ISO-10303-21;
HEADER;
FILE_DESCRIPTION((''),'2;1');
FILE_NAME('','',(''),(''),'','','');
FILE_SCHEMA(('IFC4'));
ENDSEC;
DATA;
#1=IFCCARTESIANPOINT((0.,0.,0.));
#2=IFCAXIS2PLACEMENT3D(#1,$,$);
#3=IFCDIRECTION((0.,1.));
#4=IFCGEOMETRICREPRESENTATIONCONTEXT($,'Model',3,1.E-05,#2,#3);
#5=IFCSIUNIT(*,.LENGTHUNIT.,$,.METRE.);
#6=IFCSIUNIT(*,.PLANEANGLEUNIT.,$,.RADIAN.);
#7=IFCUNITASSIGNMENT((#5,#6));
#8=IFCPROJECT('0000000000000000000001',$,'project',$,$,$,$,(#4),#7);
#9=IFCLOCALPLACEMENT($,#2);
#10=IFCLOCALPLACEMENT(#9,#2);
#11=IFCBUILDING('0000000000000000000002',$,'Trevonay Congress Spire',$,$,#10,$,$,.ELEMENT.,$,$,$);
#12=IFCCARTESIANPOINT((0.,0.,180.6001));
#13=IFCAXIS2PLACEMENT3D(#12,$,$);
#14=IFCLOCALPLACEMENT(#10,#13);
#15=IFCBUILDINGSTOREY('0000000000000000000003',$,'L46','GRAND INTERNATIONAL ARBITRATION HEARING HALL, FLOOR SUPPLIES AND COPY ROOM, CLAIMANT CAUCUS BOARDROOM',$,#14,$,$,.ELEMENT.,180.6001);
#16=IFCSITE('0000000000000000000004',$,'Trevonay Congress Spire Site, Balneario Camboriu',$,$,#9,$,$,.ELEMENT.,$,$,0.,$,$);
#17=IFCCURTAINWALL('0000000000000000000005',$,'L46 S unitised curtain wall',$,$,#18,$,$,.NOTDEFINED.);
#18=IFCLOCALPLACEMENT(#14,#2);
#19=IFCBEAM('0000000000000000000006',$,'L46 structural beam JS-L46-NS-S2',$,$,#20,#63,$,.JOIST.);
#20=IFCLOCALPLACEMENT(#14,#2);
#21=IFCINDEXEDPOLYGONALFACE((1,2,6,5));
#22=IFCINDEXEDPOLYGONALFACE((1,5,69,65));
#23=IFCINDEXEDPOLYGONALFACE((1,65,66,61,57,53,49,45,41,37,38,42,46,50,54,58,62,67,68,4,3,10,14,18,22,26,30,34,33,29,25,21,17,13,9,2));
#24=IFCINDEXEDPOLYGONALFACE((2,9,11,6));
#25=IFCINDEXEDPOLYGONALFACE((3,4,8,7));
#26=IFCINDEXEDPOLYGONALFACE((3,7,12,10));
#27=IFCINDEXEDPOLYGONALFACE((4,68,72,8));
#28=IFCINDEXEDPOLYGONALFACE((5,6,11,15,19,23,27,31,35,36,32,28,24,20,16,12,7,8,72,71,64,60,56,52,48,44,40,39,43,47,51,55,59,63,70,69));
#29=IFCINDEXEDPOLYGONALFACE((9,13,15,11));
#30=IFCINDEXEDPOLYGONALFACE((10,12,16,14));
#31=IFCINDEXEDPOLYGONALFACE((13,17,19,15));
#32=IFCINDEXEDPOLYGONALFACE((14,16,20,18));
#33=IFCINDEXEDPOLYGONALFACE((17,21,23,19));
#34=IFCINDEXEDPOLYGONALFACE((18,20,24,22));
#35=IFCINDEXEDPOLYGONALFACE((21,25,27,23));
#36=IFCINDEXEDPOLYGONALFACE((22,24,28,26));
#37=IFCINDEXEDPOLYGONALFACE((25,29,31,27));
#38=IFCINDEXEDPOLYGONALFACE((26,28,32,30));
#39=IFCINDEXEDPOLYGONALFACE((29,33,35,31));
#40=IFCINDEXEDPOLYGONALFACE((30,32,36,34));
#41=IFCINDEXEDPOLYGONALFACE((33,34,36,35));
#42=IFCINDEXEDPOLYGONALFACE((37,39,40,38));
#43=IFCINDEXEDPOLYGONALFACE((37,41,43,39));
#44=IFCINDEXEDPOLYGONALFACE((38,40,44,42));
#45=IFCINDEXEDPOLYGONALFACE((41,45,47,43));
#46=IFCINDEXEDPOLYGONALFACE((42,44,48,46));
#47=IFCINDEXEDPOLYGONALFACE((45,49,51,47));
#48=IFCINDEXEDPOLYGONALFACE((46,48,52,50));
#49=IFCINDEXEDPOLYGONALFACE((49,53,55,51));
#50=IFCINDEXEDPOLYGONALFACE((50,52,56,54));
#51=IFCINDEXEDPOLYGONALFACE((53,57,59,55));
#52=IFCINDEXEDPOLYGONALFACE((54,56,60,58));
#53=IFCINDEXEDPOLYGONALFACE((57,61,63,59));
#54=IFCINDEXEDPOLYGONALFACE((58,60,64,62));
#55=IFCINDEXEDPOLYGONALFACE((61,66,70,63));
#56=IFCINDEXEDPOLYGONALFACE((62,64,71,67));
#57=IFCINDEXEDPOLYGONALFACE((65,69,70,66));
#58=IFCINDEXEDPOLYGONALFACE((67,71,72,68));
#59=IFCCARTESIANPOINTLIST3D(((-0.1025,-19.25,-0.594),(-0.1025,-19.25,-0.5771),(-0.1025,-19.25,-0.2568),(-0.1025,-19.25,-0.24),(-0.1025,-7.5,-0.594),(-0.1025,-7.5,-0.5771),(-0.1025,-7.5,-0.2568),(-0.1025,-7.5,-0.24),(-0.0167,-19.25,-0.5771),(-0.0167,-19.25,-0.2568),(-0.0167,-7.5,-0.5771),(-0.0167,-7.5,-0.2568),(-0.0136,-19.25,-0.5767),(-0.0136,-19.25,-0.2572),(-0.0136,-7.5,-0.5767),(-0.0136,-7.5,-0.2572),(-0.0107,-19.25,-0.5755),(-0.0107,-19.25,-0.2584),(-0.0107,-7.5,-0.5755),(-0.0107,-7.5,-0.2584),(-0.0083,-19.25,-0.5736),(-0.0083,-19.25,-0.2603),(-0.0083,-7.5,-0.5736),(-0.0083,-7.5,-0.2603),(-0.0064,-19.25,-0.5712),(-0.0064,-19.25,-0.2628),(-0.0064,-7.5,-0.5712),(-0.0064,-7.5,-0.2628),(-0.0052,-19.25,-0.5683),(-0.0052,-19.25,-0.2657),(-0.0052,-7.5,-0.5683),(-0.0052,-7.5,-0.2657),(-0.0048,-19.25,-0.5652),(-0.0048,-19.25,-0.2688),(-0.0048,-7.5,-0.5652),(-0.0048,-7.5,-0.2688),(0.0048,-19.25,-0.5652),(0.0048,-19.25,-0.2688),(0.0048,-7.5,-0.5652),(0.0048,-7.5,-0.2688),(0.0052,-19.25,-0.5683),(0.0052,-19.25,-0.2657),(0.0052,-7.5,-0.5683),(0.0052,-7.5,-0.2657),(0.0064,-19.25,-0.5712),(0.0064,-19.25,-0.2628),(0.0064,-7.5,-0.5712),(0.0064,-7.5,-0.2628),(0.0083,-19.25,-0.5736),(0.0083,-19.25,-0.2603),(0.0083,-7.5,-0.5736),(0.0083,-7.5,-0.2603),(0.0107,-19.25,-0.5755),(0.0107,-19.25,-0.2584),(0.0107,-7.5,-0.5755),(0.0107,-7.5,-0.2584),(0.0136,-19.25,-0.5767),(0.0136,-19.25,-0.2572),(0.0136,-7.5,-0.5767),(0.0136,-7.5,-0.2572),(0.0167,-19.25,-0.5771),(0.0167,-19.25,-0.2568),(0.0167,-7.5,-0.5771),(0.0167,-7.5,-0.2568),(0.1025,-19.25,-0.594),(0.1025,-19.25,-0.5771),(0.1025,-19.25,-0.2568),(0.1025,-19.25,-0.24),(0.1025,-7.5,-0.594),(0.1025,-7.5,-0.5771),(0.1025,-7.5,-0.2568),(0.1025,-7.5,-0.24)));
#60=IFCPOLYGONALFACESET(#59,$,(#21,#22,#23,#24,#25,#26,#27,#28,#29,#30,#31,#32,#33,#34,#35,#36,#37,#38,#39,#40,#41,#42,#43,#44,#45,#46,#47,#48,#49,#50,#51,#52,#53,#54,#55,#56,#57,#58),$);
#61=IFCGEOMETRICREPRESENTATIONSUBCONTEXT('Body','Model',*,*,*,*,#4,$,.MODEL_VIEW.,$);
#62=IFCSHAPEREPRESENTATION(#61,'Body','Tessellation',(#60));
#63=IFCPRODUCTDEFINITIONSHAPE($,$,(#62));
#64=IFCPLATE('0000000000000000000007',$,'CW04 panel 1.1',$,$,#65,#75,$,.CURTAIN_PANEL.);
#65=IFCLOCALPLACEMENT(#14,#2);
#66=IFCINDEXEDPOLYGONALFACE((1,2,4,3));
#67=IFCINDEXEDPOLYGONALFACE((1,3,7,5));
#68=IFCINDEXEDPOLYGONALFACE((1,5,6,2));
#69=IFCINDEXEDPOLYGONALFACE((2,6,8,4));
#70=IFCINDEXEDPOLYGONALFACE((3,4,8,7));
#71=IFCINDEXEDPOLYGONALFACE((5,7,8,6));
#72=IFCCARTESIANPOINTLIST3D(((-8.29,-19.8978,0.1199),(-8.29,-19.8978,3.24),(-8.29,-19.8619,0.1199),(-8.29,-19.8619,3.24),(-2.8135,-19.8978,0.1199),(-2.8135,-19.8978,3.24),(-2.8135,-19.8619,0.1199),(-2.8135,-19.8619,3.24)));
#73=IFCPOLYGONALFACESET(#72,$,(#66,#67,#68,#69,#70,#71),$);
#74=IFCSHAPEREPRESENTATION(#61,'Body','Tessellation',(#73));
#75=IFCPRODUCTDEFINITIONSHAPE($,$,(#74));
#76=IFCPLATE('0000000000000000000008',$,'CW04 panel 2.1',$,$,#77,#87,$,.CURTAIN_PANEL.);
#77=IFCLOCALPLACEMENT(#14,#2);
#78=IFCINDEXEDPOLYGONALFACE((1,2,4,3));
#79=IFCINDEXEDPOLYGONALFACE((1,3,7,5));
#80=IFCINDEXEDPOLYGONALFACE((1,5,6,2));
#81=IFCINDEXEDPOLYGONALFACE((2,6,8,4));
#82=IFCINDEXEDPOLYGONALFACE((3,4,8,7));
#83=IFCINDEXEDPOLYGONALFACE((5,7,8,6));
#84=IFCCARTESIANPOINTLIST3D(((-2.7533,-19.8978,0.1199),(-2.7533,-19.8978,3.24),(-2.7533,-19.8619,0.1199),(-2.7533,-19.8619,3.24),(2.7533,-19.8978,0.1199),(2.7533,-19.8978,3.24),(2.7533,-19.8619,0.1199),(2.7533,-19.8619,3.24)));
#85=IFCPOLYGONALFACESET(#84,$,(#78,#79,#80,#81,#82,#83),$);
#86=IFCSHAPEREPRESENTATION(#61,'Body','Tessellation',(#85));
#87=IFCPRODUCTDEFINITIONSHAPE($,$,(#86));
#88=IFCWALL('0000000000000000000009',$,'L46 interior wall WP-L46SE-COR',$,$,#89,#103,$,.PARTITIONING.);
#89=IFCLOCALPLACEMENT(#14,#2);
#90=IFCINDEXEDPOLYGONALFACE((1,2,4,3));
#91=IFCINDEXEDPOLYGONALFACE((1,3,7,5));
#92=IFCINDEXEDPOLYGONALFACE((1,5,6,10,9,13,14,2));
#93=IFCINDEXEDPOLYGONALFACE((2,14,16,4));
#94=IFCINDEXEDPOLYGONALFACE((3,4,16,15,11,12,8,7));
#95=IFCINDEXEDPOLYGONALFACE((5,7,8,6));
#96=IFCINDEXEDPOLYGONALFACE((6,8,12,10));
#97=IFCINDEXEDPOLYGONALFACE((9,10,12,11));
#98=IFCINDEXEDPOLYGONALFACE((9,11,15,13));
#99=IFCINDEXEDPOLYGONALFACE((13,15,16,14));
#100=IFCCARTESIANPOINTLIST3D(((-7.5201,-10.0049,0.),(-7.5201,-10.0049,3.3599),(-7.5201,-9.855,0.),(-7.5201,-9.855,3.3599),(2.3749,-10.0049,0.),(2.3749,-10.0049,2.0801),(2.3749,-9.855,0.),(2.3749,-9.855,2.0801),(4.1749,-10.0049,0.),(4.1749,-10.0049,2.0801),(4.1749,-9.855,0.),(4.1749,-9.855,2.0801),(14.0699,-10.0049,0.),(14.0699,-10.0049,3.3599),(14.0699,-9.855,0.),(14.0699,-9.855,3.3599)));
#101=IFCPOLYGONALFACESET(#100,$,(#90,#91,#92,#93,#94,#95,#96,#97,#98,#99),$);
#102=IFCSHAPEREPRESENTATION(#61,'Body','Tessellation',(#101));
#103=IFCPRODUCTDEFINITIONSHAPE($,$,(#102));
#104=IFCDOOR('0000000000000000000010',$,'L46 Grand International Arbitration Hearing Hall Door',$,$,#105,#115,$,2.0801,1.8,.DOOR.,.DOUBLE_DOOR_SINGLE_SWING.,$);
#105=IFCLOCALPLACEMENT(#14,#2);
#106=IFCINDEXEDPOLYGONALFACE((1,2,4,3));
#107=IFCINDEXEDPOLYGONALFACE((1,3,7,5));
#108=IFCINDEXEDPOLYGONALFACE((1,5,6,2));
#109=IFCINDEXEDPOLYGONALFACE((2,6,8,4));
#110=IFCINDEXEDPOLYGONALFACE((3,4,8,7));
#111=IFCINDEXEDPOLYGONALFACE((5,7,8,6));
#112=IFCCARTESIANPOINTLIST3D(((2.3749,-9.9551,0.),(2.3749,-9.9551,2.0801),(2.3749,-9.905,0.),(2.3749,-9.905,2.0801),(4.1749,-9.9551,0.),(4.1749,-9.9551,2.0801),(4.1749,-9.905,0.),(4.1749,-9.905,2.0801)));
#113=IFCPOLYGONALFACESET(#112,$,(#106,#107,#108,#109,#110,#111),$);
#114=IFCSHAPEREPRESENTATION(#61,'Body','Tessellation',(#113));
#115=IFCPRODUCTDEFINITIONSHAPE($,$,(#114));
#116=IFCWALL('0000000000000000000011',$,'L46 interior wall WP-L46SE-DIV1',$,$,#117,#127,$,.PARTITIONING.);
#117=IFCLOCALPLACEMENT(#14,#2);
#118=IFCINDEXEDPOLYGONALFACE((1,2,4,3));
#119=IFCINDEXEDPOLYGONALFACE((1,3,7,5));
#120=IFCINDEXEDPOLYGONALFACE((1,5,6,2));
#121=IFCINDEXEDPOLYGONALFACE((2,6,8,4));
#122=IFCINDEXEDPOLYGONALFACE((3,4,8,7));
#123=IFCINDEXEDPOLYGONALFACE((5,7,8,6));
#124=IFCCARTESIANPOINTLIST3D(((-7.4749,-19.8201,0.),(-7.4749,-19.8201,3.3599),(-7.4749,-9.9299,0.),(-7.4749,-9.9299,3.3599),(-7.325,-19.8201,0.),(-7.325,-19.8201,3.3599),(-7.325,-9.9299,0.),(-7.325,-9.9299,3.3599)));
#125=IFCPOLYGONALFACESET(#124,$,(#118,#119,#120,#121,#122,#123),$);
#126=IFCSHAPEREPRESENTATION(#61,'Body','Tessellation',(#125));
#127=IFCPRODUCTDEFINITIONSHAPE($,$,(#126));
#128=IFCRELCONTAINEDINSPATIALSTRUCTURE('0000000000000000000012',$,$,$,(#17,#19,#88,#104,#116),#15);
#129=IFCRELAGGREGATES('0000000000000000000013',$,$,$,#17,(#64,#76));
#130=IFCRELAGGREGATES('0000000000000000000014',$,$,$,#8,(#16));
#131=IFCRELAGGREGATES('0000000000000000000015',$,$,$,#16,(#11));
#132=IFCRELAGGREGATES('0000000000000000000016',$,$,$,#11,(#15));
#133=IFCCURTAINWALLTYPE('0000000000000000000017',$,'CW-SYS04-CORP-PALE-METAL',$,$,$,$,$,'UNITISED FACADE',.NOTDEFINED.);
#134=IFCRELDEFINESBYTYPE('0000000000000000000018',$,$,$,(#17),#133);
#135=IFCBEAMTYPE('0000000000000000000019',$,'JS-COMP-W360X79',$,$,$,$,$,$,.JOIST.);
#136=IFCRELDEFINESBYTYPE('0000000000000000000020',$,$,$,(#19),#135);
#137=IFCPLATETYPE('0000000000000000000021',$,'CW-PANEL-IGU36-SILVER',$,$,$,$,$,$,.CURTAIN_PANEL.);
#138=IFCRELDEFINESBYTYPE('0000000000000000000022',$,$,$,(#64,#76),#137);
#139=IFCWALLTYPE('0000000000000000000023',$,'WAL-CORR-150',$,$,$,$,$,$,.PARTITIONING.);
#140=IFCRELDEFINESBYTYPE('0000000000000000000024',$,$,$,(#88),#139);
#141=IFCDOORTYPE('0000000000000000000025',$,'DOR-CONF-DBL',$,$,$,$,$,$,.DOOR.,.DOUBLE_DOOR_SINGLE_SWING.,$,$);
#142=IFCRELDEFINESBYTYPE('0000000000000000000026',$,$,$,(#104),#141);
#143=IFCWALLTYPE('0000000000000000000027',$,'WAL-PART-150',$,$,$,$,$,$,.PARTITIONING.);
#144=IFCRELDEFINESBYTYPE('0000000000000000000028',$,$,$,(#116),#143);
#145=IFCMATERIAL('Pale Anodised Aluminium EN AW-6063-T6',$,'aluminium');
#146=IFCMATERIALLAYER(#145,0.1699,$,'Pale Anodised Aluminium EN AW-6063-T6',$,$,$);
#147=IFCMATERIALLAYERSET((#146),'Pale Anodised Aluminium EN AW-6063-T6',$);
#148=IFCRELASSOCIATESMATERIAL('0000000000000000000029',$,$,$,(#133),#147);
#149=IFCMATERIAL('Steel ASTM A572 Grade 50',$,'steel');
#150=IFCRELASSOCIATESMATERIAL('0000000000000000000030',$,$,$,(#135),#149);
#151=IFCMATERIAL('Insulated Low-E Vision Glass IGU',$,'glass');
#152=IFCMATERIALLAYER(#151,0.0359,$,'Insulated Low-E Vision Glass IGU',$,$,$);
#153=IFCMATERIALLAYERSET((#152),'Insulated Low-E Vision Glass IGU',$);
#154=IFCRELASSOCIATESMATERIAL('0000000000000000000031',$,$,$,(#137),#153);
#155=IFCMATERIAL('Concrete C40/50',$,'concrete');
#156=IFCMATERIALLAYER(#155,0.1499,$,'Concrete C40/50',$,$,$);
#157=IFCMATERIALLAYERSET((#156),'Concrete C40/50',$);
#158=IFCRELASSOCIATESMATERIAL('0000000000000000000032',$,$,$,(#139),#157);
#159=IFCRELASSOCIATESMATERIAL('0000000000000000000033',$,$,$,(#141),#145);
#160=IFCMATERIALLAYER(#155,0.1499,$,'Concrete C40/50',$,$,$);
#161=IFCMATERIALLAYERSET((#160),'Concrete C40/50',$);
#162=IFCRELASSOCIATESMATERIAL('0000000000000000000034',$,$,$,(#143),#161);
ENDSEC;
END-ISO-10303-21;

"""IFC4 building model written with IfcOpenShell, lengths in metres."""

from ifc_helpers import new_model, si_unit, direction, frame, frame_2d, origin, origin_2d, place, context, subcontext, project, spatial, rectangle, i_section, extrude, material, layer, layer_set, material_profile, profile_set, type_object, element, fill, aggregate, save


model = new_model("IFC4")

# Units and contexts
model_context = context("Model", 3, precision=1e-05, world=origin(), true_north=direction((0.0, 1.0)))
body_context = subcontext(model_context, "Body", "Model", "MODEL_VIEW")
ifc_project = project(units=[si_unit("LENGTHUNIT", "METRE"), si_unit("PLANEANGLEUNIT", "RADIAN")], contexts=[model_context])

# Site, building, storey
site_placement = place(None, origin())
site = spatial("IfcSite", under=ifc_project, at=site_placement, Name="Trevonay Congress Spire Site, Balneario Camboriu", CompositionType="ELEMENT", RefElevation=0.0)
building_placement = place(site_placement, origin())
building = spatial("IfcBuilding", under=site, at=building_placement, Name="Trevonay Congress Spire", CompositionType="ELEMENT")
storey_placement = place(building_placement, frame((0.0, 0.0, 180.6001)))
storey = spatial("IfcBuildingStorey", under=building, at=storey_placement, Name="L46", Description="GRAND INTERNATIONAL ARBITRATION HEARING HALL, FLOOR SUPPLIES AND COPY ROOM, CLAIMANT CAUCUS BOARDROOM", CompositionType="ELEMENT", Elevation=180.6001)

# Shared definitions
ifc_material_1 = material(Name="Steel ASTM A572 Grade 50", Category="steel")

# Curtain wall
ifc_material_2 = material(Name="Pale Anodised Aluminium EN AW-6063-T6", Category="aluminium")
ifc_layer_1 = layer(ifc_material_2, 0.1699, Name="Pale Anodised Aluminium EN AW-6063-T6")
ifc_layer_set_1 = layer_set([ifc_layer_1], Name="Pale Anodised Aluminium EN AW-6063-T6")
curtain_wall_type = type_object("IfcCurtainWallType", Name="CW-SYS04-CORP-PALE-METAL", ElementType="UNITISED FACADE", PredefinedType="NOTDEFINED", material=ifc_layer_set_1)
curtain_wall_placement = place(storey_placement, origin())
curtain_wall = element("IfcCurtainWall", 1, at=curtain_wall_placement, inside=storey, type_object=curtain_wall_type, Name="L46 S unitised curtain wall", PredefinedType="NOTDEFINED")

# Beam
ifc_material_profile_1 = material_profile(ifc_material_1, i_section(OverallWidth=0.2051, OverallDepth=0.354, WebThickness=0.0095, FlangeThickness=0.0168, FilletRadius=0.012, at=origin_2d()), Name="W360x79")
ifc_profile_set_1 = profile_set([ifc_material_profile_1], Name="Steel ASTM A572 Grade 50")
beam_type_1 = type_object("IfcBeamType", Name="JS-COMP-W360X79", PredefinedType="JOIST", material=ifc_profile_set_1)
for number, where, z_axis, x_axis, name in (
    (2, (0.0, -19.25, -0.417), (0.0, 1.0, 0.0), (-1.0, 0.0, 0.0), "L46 structural beam JS-L46-NS-S2"),
):
    element("IfcBeam", number, at=place(storey_placement, frame(where, z_axis=z_axis, x_axis=x_axis)), inside=storey, type_object=beam_type_1, Name=name, PredefinedType="JOIST", context=body_context, shape_type="SweptSolid", body=[
        extrude(i_section(OverallWidth=0.2051, OverallDepth=0.354, WebThickness=0.0095, FlangeThickness=0.0168, FilletRadius=0.012, at=origin_2d()), origin(), (0.0, 0.0, 1.0), 11.75),
    ])

# Plates
ifc_material_3 = material(Name="Insulated Low-E Vision Glass IGU", Category="glass")
ifc_layer_2 = layer(ifc_material_3, 0.0359, Name="Insulated Low-E Vision Glass IGU")
ifc_layer_set_2 = layer_set([ifc_layer_2], Name="Insulated Low-E Vision Glass IGU")
plate_type = type_object("IfcPlateType", Name="CW-PANEL-IGU36-SILVER", PredefinedType="CURTAIN_PANEL", material=ifc_layer_set_2)
plate_1_placement = place(storey_placement, frame((-5.5518, -19.8799, 0.1199), z_axis=(0.0, 0.0, 1.0), x_axis=(1.0, 0.0, 0.0)))
plate_1 = element("IfcPlate", 3, at=plate_1_placement, type_object=plate_type, Name="CW04 panel 1.1", PredefinedType="CURTAIN_PANEL", context=body_context, shape_type="SweptSolid", body=[
    extrude(rectangle(XDim=5.4766, YDim=0.0359, at=origin_2d()), origin(), (0.0, 0.0, 1.0), 3.1201),
])
plate_2_placement = place(storey_placement, frame((0.0, -19.8799, 0.1199), z_axis=(0.0, 0.0, 1.0), x_axis=(1.0, 0.0, 0.0)))
plate_2 = element("IfcPlate", 4, at=plate_2_placement, type_object=plate_type, Name="CW04 panel 2.1", PredefinedType="CURTAIN_PANEL", context=body_context, shape_type="SweptSolid", body=[
    extrude(rectangle(XDim=5.5066, YDim=0.0359, at=origin_2d()), origin(), (0.0, 0.0, 1.0), 3.1201),
])
aggregate(curtain_wall, [plate_1, plate_2])

# Wall, opening, door
ifc_material_4 = material(Name="Concrete C40/50", Category="concrete")
ifc_layer_3 = layer(ifc_material_4, 0.1499, Name="Concrete C40/50")
ifc_layer_set_3 = layer_set([ifc_layer_3], Name="Concrete C40/50")
wall_type_1 = type_object("IfcWallType", Name="WAL-CORR-150", PredefinedType="PARTITIONING", material=ifc_layer_set_3)
wall_1_placement = place(storey_placement, frame((-7.52, -9.9299, 0.0), z_axis=(0.0, 0.0, 1.0), x_axis=(1.0, 0.0, 0.0)))
wall_1 = element("IfcWall", 5, at=wall_1_placement, inside=storey, type_object=wall_type_1, Name="L46 interior wall WP-L46SE-COR", PredefinedType="PARTITIONING", context=body_context, shape_type="SweptSolid", body=[
    extrude(rectangle(XDim=21.5901, YDim=0.1499, at=frame_2d((10.7949, 0.0))), origin(), (0.0, 0.0, 1.0), 3.3599),
])
opening_placement = place(wall_1_placement, frame((9.895, 0.0, 0.0)))
opening = element("IfcOpeningElement", 6, at=opening_placement, cuts=wall_1, PredefinedType="OPENING", context=body_context, shape_type="SweptSolid", body=[
    extrude(rectangle(XDim=1.8, YDim=2.0801, at=frame_2d((0.8999, 1.04))), frame((0.0, 0.085, 0.0), z_axis=(0.0, -1.0, 0.0), x_axis=(1.0, 0.0, 0.0)), (0.0, 0.0, 1.0), 0.1699),
])
door_type = type_object("IfcDoorType", Name="DOR-CONF-DBL", OperationType="DOUBLE_DOOR_SINGLE_SWING", PredefinedType="DOOR", material=ifc_material_2)
door_placement = place(opening_placement, origin())
door = element("IfcDoor", 7, at=door_placement, inside=storey, type_object=door_type, Name="L46 Grand International Arbitration Hearing Hall Door", OperationType="DOUBLE_DOOR_SINGLE_SWING", OverallHeight=2.0801, OverallWidth=1.8, PredefinedType="DOOR", context=body_context, shape_type="SweptSolid", body=[
    extrude(rectangle(XDim=1.8, YDim=2.0801, at=frame_2d((0.8999, 1.04))), frame((0.0, 0.0249, 0.0), z_axis=(0.0, -1.0, 0.0), x_axis=(1.0, 0.0, 0.0)), (0.0, 0.0, 1.0), 0.05),
])
fill(opening, door)

# Wall
ifc_layer_4 = layer(ifc_material_4, 0.1499, Name="Concrete C40/50")
ifc_layer_set_4 = layer_set([ifc_layer_4], Name="Concrete C40/50")
wall_type_2 = type_object("IfcWallType", Name="WAL-PART-150", PredefinedType="PARTITIONING", material=ifc_layer_set_4)
wall_2_placement = place(storey_placement, frame((-7.3999, -19.8201, 0.0), z_axis=(0.0, 0.0, 1.0), x_axis=(0.0, 1.0, 0.0)))
element("IfcWall", 8, at=wall_2_placement, inside=storey, type_object=wall_type_2, Name="L46 interior wall WP-L46SE-DIV1", PredefinedType="PARTITIONING", context=body_context, shape_type="SweptSolid", body=[
    extrude(rectangle(XDim=9.8901, YDim=0.1499, at=frame_2d((4.9451, 0.0))), origin(), (0.0, 0.0, 1.0), 3.3599),
])

save(model, "model.ifc")
